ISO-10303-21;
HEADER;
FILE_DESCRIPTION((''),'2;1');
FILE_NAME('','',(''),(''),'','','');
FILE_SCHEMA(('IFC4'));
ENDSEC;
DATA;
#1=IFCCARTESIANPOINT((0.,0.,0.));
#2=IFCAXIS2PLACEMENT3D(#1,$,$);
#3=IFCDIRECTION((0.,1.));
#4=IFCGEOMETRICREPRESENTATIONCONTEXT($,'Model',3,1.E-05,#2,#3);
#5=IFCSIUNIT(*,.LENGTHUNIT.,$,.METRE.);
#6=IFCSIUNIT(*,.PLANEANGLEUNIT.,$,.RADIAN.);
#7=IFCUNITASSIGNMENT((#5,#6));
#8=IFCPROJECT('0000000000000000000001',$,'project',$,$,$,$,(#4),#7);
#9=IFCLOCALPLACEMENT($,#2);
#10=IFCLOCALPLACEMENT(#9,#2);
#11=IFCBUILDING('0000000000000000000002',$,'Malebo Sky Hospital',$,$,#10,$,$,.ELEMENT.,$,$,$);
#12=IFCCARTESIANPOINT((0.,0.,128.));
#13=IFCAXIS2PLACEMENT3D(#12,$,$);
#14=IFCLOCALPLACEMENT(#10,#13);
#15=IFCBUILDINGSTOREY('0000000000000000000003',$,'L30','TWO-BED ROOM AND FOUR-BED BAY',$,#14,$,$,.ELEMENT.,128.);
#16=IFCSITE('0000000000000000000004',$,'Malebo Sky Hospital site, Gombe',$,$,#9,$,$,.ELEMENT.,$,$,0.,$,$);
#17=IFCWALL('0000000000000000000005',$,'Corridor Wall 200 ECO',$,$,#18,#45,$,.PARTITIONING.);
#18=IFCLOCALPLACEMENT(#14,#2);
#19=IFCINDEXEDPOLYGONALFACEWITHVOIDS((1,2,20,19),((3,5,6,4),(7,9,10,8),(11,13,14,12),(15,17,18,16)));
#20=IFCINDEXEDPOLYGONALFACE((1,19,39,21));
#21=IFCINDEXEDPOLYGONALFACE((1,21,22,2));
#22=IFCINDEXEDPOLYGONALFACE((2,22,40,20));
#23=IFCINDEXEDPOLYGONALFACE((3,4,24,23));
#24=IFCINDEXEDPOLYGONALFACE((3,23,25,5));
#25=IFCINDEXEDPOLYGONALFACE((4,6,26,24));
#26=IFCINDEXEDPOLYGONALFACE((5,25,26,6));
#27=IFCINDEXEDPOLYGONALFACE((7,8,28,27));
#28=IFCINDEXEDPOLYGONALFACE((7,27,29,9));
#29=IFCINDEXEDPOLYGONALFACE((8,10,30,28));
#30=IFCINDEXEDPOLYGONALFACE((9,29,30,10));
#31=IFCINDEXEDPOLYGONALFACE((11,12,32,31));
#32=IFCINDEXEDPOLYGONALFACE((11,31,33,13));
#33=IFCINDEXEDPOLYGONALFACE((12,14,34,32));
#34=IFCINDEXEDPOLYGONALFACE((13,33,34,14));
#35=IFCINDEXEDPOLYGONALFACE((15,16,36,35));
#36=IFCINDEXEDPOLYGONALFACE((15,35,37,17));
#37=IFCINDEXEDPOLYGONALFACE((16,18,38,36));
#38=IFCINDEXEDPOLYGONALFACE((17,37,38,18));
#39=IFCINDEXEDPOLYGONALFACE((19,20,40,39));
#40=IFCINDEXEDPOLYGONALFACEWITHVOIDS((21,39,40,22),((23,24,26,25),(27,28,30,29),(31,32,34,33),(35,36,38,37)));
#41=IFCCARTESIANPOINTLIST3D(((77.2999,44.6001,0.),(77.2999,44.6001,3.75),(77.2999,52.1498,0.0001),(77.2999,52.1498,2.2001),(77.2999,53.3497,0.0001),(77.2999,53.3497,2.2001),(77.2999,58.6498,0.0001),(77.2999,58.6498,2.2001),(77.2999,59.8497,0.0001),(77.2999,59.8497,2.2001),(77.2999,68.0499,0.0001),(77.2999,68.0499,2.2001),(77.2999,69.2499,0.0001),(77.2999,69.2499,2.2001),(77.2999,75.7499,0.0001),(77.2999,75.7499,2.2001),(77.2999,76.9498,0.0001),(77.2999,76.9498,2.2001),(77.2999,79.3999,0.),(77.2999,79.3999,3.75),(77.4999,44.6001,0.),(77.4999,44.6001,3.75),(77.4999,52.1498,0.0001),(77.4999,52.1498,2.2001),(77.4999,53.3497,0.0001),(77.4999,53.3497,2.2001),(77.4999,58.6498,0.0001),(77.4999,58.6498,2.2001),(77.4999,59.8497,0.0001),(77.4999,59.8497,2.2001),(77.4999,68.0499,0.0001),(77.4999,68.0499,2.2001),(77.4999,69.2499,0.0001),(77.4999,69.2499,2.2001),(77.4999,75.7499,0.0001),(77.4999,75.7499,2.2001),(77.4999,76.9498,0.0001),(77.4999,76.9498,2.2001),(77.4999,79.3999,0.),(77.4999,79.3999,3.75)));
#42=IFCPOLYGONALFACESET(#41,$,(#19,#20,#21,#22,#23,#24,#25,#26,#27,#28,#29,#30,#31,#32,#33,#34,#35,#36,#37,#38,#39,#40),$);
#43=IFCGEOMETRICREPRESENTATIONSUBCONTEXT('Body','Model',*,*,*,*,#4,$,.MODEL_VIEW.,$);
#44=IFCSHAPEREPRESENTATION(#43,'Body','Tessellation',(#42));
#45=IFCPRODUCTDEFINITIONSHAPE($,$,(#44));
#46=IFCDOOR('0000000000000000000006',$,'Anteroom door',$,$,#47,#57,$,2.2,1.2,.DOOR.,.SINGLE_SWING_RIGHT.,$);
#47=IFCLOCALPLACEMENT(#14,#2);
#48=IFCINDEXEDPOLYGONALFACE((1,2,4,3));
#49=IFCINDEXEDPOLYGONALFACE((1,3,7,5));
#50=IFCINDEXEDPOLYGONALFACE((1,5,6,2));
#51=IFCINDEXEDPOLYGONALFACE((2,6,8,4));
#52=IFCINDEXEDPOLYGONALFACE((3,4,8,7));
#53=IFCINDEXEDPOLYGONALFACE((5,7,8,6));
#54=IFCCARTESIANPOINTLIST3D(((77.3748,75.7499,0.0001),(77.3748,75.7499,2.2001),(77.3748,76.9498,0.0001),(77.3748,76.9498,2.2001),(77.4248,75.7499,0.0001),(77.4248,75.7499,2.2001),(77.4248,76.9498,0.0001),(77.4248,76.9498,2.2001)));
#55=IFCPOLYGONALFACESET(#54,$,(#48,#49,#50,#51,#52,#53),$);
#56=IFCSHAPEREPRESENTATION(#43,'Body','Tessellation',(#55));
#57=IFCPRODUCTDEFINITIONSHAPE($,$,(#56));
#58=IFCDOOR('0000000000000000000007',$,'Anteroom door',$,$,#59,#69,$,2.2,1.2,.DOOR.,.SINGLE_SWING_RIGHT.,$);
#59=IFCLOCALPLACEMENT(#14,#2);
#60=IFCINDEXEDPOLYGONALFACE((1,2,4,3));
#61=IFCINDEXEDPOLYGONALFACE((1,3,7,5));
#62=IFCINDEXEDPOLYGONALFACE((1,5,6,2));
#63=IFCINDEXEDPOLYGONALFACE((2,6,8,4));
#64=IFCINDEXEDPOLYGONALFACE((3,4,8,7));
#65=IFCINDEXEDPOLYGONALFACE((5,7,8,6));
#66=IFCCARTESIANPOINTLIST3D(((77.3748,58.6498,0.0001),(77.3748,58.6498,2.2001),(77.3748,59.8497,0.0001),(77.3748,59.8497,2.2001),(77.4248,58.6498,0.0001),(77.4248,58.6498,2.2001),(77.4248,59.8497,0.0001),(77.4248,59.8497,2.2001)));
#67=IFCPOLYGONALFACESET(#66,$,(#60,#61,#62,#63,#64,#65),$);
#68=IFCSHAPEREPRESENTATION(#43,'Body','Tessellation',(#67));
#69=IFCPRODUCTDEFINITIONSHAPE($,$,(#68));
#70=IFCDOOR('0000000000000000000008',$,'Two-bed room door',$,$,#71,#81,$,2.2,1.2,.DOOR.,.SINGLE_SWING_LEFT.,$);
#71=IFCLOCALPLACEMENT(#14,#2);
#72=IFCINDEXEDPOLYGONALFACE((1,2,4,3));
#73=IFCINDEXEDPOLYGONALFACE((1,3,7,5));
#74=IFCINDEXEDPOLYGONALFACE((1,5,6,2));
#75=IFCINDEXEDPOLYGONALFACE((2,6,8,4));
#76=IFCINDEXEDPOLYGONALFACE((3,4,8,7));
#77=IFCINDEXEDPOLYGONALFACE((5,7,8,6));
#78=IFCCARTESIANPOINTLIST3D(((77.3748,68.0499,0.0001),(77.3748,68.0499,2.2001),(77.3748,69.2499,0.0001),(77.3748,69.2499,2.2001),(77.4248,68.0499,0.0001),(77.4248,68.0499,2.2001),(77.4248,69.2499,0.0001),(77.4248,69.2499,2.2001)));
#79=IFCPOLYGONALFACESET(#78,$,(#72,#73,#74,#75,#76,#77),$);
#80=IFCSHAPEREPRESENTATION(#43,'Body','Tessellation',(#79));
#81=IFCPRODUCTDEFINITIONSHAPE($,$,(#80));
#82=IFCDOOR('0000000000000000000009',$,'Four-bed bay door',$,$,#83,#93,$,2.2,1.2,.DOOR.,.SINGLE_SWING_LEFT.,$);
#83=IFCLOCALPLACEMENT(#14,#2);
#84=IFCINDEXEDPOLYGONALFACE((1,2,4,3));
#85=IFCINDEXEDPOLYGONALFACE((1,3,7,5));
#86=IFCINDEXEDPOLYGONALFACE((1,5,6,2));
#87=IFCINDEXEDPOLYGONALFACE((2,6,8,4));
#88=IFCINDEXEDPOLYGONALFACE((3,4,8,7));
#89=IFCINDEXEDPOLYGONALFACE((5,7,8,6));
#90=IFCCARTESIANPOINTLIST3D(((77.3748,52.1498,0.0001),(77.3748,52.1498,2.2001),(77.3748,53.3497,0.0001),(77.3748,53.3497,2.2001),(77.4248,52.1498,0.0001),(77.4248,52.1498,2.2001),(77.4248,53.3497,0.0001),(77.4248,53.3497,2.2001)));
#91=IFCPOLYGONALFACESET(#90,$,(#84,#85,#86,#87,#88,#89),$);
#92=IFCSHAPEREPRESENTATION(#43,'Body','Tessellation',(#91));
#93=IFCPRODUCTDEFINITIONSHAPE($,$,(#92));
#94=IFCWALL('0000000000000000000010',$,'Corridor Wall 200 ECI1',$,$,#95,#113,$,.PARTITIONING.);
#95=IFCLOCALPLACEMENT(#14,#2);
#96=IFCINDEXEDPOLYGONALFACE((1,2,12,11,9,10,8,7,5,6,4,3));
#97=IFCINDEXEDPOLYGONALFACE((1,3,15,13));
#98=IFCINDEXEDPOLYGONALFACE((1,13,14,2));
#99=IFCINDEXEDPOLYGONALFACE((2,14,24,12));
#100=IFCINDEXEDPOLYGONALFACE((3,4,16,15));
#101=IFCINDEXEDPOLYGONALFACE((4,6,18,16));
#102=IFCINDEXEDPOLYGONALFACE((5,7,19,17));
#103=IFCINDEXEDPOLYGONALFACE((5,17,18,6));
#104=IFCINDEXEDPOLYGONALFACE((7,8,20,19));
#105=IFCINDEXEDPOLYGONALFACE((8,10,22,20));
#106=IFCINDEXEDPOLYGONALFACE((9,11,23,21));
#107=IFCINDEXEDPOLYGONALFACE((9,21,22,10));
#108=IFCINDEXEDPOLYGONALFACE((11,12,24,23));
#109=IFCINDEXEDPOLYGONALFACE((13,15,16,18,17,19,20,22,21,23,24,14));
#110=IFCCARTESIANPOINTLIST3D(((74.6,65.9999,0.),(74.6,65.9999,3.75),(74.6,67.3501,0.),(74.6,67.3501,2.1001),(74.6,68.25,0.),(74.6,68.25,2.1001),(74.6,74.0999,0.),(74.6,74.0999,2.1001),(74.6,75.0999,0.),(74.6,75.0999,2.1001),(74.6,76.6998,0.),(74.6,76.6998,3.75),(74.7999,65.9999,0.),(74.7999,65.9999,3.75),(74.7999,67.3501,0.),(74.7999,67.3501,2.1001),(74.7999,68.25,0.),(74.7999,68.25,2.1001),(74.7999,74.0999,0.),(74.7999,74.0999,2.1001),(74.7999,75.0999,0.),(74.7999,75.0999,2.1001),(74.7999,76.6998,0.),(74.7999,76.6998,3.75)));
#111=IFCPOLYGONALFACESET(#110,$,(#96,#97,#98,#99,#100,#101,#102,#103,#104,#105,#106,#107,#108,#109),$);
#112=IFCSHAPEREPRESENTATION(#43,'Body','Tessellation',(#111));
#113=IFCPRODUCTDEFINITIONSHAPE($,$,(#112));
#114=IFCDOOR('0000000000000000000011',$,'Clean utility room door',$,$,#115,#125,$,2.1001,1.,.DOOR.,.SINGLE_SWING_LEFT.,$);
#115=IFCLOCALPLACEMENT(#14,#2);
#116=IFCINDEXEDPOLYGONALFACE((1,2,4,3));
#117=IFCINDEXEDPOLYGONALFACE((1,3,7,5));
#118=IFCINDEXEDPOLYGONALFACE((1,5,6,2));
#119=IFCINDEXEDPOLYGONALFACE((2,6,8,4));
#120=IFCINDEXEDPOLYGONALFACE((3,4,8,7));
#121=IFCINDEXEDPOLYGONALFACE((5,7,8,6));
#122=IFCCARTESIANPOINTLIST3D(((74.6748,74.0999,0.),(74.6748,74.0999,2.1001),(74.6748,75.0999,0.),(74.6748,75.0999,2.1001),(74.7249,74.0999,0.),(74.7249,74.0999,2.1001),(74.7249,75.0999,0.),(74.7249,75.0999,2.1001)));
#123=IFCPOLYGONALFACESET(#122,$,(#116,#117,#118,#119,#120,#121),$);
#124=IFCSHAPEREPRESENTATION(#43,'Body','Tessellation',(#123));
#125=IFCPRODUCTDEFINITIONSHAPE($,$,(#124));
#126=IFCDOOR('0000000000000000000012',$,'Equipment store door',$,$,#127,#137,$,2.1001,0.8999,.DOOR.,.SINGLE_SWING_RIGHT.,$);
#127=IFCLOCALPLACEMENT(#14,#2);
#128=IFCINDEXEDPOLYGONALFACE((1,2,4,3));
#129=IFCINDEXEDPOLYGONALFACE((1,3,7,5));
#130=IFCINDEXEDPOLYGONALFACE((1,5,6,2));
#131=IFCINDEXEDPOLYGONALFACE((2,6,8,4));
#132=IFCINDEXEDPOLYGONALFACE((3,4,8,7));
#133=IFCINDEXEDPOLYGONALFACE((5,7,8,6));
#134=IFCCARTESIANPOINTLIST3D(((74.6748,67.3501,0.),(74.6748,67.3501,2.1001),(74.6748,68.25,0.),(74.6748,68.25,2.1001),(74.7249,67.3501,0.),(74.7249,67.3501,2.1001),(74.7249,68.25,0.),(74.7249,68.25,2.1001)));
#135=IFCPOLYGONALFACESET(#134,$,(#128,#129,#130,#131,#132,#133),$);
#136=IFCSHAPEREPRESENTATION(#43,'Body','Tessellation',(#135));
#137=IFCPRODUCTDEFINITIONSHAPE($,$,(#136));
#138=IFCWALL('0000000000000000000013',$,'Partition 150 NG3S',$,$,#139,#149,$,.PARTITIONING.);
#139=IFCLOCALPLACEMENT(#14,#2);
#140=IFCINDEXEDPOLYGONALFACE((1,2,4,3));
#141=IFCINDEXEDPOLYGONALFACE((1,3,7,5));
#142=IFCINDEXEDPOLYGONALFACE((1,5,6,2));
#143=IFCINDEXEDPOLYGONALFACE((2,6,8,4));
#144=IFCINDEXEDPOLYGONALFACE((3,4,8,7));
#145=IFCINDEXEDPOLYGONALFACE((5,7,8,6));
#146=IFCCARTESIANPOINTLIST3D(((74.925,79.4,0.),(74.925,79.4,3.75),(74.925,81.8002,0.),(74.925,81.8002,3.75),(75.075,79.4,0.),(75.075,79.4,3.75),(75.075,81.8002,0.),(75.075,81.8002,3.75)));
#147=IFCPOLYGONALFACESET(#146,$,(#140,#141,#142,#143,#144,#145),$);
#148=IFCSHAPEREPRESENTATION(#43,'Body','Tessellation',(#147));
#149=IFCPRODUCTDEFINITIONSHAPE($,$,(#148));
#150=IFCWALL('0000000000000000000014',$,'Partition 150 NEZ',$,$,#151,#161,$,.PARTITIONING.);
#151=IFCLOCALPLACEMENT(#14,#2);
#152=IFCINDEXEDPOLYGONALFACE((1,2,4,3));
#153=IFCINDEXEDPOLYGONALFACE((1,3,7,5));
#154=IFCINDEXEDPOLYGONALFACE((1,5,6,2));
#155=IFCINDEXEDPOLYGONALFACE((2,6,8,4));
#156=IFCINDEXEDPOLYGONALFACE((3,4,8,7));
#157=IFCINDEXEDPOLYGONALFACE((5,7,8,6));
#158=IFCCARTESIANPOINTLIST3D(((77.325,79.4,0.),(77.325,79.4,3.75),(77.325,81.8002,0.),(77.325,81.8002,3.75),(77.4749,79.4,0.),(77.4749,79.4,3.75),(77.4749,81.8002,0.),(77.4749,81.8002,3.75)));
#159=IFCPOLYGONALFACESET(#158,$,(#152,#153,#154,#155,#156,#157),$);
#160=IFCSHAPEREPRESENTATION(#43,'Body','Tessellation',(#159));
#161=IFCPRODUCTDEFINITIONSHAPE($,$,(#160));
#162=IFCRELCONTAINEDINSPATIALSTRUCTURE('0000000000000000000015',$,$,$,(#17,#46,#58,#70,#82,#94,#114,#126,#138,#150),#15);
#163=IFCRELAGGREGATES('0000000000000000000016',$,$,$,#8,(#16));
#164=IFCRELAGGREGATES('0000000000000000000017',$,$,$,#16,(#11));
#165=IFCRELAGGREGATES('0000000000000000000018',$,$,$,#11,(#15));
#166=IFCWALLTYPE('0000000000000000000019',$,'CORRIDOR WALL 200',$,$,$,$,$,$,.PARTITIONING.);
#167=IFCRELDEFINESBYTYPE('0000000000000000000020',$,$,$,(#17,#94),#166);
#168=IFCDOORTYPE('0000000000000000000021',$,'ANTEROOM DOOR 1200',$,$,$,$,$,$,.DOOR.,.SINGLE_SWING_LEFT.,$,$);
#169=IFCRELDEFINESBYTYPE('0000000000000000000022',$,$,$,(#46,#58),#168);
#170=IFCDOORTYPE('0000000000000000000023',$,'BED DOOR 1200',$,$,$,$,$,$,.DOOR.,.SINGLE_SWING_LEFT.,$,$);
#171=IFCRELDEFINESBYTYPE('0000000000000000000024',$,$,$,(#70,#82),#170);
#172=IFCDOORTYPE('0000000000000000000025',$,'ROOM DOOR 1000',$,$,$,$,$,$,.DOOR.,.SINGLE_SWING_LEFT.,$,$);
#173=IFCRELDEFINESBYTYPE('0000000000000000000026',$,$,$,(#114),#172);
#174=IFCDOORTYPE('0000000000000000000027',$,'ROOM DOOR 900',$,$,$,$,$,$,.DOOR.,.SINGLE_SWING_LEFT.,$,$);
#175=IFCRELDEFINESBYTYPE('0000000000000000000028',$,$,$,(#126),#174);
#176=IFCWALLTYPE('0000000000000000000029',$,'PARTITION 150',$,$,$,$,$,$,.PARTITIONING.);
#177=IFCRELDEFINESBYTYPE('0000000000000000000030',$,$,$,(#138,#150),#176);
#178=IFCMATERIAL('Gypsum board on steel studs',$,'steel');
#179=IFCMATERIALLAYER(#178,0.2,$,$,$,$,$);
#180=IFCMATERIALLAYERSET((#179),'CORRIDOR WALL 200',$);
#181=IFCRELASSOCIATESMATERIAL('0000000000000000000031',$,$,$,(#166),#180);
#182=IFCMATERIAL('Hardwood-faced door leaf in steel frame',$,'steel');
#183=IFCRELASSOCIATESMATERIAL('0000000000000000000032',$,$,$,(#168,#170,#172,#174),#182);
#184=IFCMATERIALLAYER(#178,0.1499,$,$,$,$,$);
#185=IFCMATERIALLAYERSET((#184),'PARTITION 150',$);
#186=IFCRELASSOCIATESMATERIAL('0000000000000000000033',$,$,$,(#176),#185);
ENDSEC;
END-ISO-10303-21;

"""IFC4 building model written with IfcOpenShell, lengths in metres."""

from ifc_helpers import new_model, si_unit, direction, frame, frame_2d, origin, place, context, subcontext, project, spatial, rectangle, extrude, material, layer, layer_set, type_object, element, fill, save


model = new_model("IFC4")

# Units and contexts
model_context = context("Model", 3, precision=1e-05, world=origin(), true_north=direction((0.0, 1.0)))
body_context = subcontext(model_context, "Body", "Model", "MODEL_VIEW")
ifc_project = project(units=[si_unit("LENGTHUNIT", "METRE"), si_unit("PLANEANGLEUNIT", "RADIAN")], contexts=[model_context])

# Site, building, storey
site_placement = place(None, origin())
site = spatial("IfcSite", under=ifc_project, at=site_placement, Name="Malebo Sky Hospital site, Gombe", CompositionType="ELEMENT", RefElevation=0.0)
building_placement = place(site_placement, origin())
building = spatial("IfcBuilding", under=site, at=building_placement, Name="Malebo Sky Hospital", CompositionType="ELEMENT")
storey_placement = place(building_placement, frame((0.0, 0.0, 128.0)))
storey = spatial("IfcBuildingStorey", under=building, at=storey_placement, Name="L30", Description="TWO-BED ROOM AND FOUR-BED BAY", CompositionType="ELEMENT", Elevation=128.0)

# Walls, openings, doors
ifc_material_1 = material(Name="Gypsum board on steel studs", Category="steel")
ifc_layer_1 = layer(ifc_material_1, 0.2)
ifc_layer_set_1 = layer_set([ifc_layer_1], Name="CORRIDOR WALL 200")
wall_type_1 = type_object("IfcWallType", Name="CORRIDOR WALL 200", PredefinedType="PARTITIONING", material=ifc_layer_set_1)
wall_1_placement = place(storey_placement, frame((77.3999, 79.3999, 0.0), z_axis=(0.0, 0.0, 1.0), x_axis=(0.0, -1.0, 0.0)))
wall_1 = element("IfcWall", 1, at=wall_1_placement, inside=storey, type_object=wall_type_1, Name="Corridor Wall 200 ECO", PredefinedType="PARTITIONING", context=body_context, shape_type="SweptSolid", body=[
    extrude(rectangle(XDim=34.7998, YDim=0.2, at=frame_2d((17.3999, 0.0))), origin(), (0.0, 0.0, 1.0), 3.75),
])
opening_1_placement = place(wall_1_placement, frame((2.45, 0.0, 0.0)))
opening_1 = element("IfcOpeningElement", 2, at=opening_1_placement, cuts=wall_1, PredefinedType="OPENING", context=body_context, shape_type="SweptSolid", body=[
    extrude(rectangle(XDim=1.2, YDim=2.2, at=frame_2d((0.6001, 1.1001))), frame((0.0, 0.1099, 0.0), z_axis=(0.0, -1.0, 0.0), x_axis=(1.0, 0.0, 0.0)), (0.0, 0.0, 1.0), 0.22),
])
opening_2_placement = place(wall_1_placement, frame((10.1499, 0.0, 0.0)))
opening_2 = element("IfcOpeningElement", 3, at=opening_2_placement, cuts=wall_1, PredefinedType="OPENING", context=body_context, shape_type="SweptSolid", body=[
    extrude(rectangle(XDim=1.2, YDim=2.2, at=frame_2d((0.6001, 1.1001))), frame((0.0, 0.1099, 0.0), z_axis=(0.0, -1.0, 0.0), x_axis=(1.0, 0.0, 0.0)), (0.0, 0.0, 1.0), 0.22),
])
opening_3_placement = place(wall_1_placement, frame((19.55, 0.0, 0.0)))
opening_3 = element("IfcOpeningElement", 4, at=opening_3_placement, cuts=wall_1, PredefinedType="OPENING", context=body_context, shape_type="SweptSolid", body=[
    extrude(rectangle(XDim=1.2, YDim=2.2, at=frame_2d((0.6001, 1.1001))), frame((0.0, 0.1099, 0.0), z_axis=(0.0, -1.0, 0.0), x_axis=(1.0, 0.0, 0.0)), (0.0, 0.0, 1.0), 0.22),
])
opening_4_placement = place(wall_1_placement, frame((26.05, 0.0, 0.0)))
opening_4 = element("IfcOpeningElement", 5, at=opening_4_placement, cuts=wall_1, PredefinedType="OPENING", context=body_context, shape_type="SweptSolid", body=[
    extrude(rectangle(XDim=1.2, YDim=2.2, at=frame_2d((0.6001, 1.1001))), frame((0.0, 0.1099, 0.0), z_axis=(0.0, -1.0, 0.0), x_axis=(1.0, 0.0, 0.0)), (0.0, 0.0, 1.0), 0.22),
])
ifc_material_2 = material(Name="Hardwood-faced door leaf in steel frame", Category="steel")
door_type_1 = type_object("IfcDoorType", Name="ANTEROOM DOOR 1200", OperationType="SINGLE_SWING_LEFT", PredefinedType="DOOR", material=ifc_material_2)
door_1_placement = place(opening_1_placement, origin())
door_1 = element("IfcDoor", 6, at=door_1_placement, inside=storey, type_object=door_type_1, Name="Anteroom door", OperationType="SINGLE_SWING_RIGHT", OverallHeight=2.2, OverallWidth=1.2, PredefinedType="DOOR", context=body_context, shape_type="SweptSolid", body=[
    extrude(rectangle(XDim=1.2, YDim=2.2, at=frame_2d((0.6001, 1.1001))), frame((0.0, 0.0249, 0.0), z_axis=(0.0, -1.0, 0.0), x_axis=(1.0, 0.0, 0.0)), (0.0, 0.0, 1.0), 0.05),
])
fill(opening_1, door_1)
door_2_placement = place(opening_3_placement, origin())
door_2 = element("IfcDoor", 7, at=door_2_placement, inside=storey, type_object=door_type_1, Name="Anteroom door", OperationType="SINGLE_SWING_RIGHT", OverallHeight=2.2, OverallWidth=1.2, PredefinedType="DOOR", context=body_context, shape_type="SweptSolid", body=[
    extrude(rectangle(XDim=1.2, YDim=2.2, at=frame_2d((0.6001, 1.1001))), frame((0.0, 0.0249, 0.0), z_axis=(0.0, -1.0, 0.0), x_axis=(1.0, 0.0, 0.0)), (0.0, 0.0, 1.0), 0.05),
])
fill(opening_3, door_2)
door_type_2 = type_object("IfcDoorType", Name="BED DOOR 1200", OperationType="SINGLE_SWING_LEFT", PredefinedType="DOOR", material=ifc_material_2)
door_3_placement = place(opening_2_placement, origin())
door_3 = element("IfcDoor", 8, at=door_3_placement, inside=storey, type_object=door_type_2, Name="Two-bed room door", OperationType="SINGLE_SWING_LEFT", OverallHeight=2.2, OverallWidth=1.2, PredefinedType="DOOR", context=body_context, shape_type="SweptSolid", body=[
    extrude(rectangle(XDim=1.2, YDim=2.2, at=frame_2d((0.6001, 1.1001))), frame((0.0, 0.0249, 0.0), z_axis=(0.0, -1.0, 0.0), x_axis=(1.0, 0.0, 0.0)), (0.0, 0.0, 1.0), 0.05),
])
fill(opening_2, door_3)
door_4_placement = place(opening_4_placement, origin())
door_4 = element("IfcDoor", 9, at=door_4_placement, inside=storey, type_object=door_type_2, Name="Four-bed bay door", OperationType="SINGLE_SWING_LEFT", OverallHeight=2.2, OverallWidth=1.2, PredefinedType="DOOR", context=body_context, shape_type="SweptSolid", body=[
    extrude(rectangle(XDim=1.2, YDim=2.2, at=frame_2d((0.6001, 1.1001))), frame((0.0, 0.0249, 0.0), z_axis=(0.0, -1.0, 0.0), x_axis=(1.0, 0.0, 0.0)), (0.0, 0.0, 1.0), 0.05),
])
fill(opening_4, door_4)
wall_2_placement = place(storey_placement, frame((74.7, 76.7, 0.0), z_axis=(0.0, 0.0, 1.0), x_axis=(0.0, -1.0, 0.0)))
wall_2 = element("IfcWall", 10, at=wall_2_placement, inside=storey, type_object=wall_type_1, Name="Corridor Wall 200 ECI1", PredefinedType="PARTITIONING", context=body_context, shape_type="SweptSolid", body=[
    extrude(rectangle(XDim=10.7, YDim=0.2, at=frame_2d((5.3501, 0.0))), origin(), (0.0, 0.0, 1.0), 3.75),
])
opening_5_placement = place(wall_2_placement, frame((1.6001, 0.0, 0.0)))
opening_5 = element("IfcOpeningElement", 11, at=opening_5_placement, cuts=wall_2, PredefinedType="OPENING", context=body_context, shape_type="SweptSolid", body=[
    extrude(rectangle(XDim=1.0, YDim=2.1001, at=frame_2d((0.5, 1.05))), frame((0.0, 0.1099, 0.0), z_axis=(0.0, -1.0, 0.0), x_axis=(1.0, 0.0, 0.0)), (0.0, 0.0, 1.0), 0.22),
])
opening_6_placement = place(wall_2_placement, frame((8.45, 0.0, 0.0)))
opening_6 = element("IfcOpeningElement", 12, at=opening_6_placement, cuts=wall_2, PredefinedType="OPENING", context=body_context, shape_type="SweptSolid", body=[
    extrude(rectangle(XDim=0.8999, YDim=2.1001, at=frame_2d((0.45, 1.05))), frame((0.0, 0.1099, 0.0), z_axis=(0.0, -1.0, 0.0), x_axis=(1.0, 0.0, 0.0)), (0.0, 0.0, 1.0), 0.22),
])
door_type_3 = type_object("IfcDoorType", Name="ROOM DOOR 1000", OperationType="SINGLE_SWING_LEFT", PredefinedType="DOOR", material=ifc_material_2)
door_5_placement = place(opening_5_placement, origin())
door_5 = element("IfcDoor", 13, at=door_5_placement, inside=storey, type_object=door_type_3, Name="Clean utility room door", OperationType="SINGLE_SWING_LEFT", OverallHeight=2.1001, OverallWidth=1.0, PredefinedType="DOOR", context=body_context, shape_type="SweptSolid", body=[
    extrude(rectangle(XDim=1.0, YDim=2.1001, at=frame_2d((0.5, 1.05))), frame((0.0, 0.0249, 0.0), z_axis=(0.0, -1.0, 0.0), x_axis=(1.0, 0.0, 0.0)), (0.0, 0.0, 1.0), 0.05),
])
fill(opening_5, door_5)
door_type_4 = type_object("IfcDoorType", Name="ROOM DOOR 900", OperationType="SINGLE_SWING_LEFT", PredefinedType="DOOR", material=ifc_material_2)
door_6_placement = place(opening_6_placement, origin())
door_6 = element("IfcDoor", 14, at=door_6_placement, inside=storey, type_object=door_type_4, Name="Equipment store door", OperationType="SINGLE_SWING_RIGHT", OverallHeight=2.1001, OverallWidth=0.8999, PredefinedType="DOOR", context=body_context, shape_type="SweptSolid", body=[
    extrude(rectangle(XDim=0.8999, YDim=2.1001, at=frame_2d((0.45, 1.05))), frame((0.0, 0.0249, 0.0), z_axis=(0.0, -1.0, 0.0), x_axis=(1.0, 0.0, 0.0)), (0.0, 0.0, 1.0), 0.05),
])
fill(opening_6, door_6)

# Walls
ifc_layer_2 = layer(ifc_material_1, 0.1499)
ifc_layer_set_2 = layer_set([ifc_layer_2], Name="PARTITION 150")
wall_type_2 = type_object("IfcWallType", Name="PARTITION 150", PredefinedType="PARTITIONING", material=ifc_layer_set_2)
for number, where, z_axis, x_axis, name in (
    (15, (75.0, 79.3999, 0.0), (0.0, 0.0, 1.0), (0.0, 1.0, 0.0), "Partition 150 NG3S"),
    (16, (77.3999, 79.3999, 0.0), (0.0, 0.0, 1.0), (0.0, 1.0, 0.0), "Partition 150 NEZ"),
):
    element("IfcWall", number, at=place(storey_placement, frame(where, z_axis=z_axis, x_axis=x_axis)), inside=storey, type_object=wall_type_2, Name=name, PredefinedType="PARTITIONING", context=body_context, shape_type="SweptSolid", body=[
        extrude(rectangle(XDim=2.4001, YDim=0.1499, at=frame_2d((1.2002, 0.0))), origin(), (0.0, 0.0, 1.0), 3.75),
    ])

save(model, "model.ifc")
